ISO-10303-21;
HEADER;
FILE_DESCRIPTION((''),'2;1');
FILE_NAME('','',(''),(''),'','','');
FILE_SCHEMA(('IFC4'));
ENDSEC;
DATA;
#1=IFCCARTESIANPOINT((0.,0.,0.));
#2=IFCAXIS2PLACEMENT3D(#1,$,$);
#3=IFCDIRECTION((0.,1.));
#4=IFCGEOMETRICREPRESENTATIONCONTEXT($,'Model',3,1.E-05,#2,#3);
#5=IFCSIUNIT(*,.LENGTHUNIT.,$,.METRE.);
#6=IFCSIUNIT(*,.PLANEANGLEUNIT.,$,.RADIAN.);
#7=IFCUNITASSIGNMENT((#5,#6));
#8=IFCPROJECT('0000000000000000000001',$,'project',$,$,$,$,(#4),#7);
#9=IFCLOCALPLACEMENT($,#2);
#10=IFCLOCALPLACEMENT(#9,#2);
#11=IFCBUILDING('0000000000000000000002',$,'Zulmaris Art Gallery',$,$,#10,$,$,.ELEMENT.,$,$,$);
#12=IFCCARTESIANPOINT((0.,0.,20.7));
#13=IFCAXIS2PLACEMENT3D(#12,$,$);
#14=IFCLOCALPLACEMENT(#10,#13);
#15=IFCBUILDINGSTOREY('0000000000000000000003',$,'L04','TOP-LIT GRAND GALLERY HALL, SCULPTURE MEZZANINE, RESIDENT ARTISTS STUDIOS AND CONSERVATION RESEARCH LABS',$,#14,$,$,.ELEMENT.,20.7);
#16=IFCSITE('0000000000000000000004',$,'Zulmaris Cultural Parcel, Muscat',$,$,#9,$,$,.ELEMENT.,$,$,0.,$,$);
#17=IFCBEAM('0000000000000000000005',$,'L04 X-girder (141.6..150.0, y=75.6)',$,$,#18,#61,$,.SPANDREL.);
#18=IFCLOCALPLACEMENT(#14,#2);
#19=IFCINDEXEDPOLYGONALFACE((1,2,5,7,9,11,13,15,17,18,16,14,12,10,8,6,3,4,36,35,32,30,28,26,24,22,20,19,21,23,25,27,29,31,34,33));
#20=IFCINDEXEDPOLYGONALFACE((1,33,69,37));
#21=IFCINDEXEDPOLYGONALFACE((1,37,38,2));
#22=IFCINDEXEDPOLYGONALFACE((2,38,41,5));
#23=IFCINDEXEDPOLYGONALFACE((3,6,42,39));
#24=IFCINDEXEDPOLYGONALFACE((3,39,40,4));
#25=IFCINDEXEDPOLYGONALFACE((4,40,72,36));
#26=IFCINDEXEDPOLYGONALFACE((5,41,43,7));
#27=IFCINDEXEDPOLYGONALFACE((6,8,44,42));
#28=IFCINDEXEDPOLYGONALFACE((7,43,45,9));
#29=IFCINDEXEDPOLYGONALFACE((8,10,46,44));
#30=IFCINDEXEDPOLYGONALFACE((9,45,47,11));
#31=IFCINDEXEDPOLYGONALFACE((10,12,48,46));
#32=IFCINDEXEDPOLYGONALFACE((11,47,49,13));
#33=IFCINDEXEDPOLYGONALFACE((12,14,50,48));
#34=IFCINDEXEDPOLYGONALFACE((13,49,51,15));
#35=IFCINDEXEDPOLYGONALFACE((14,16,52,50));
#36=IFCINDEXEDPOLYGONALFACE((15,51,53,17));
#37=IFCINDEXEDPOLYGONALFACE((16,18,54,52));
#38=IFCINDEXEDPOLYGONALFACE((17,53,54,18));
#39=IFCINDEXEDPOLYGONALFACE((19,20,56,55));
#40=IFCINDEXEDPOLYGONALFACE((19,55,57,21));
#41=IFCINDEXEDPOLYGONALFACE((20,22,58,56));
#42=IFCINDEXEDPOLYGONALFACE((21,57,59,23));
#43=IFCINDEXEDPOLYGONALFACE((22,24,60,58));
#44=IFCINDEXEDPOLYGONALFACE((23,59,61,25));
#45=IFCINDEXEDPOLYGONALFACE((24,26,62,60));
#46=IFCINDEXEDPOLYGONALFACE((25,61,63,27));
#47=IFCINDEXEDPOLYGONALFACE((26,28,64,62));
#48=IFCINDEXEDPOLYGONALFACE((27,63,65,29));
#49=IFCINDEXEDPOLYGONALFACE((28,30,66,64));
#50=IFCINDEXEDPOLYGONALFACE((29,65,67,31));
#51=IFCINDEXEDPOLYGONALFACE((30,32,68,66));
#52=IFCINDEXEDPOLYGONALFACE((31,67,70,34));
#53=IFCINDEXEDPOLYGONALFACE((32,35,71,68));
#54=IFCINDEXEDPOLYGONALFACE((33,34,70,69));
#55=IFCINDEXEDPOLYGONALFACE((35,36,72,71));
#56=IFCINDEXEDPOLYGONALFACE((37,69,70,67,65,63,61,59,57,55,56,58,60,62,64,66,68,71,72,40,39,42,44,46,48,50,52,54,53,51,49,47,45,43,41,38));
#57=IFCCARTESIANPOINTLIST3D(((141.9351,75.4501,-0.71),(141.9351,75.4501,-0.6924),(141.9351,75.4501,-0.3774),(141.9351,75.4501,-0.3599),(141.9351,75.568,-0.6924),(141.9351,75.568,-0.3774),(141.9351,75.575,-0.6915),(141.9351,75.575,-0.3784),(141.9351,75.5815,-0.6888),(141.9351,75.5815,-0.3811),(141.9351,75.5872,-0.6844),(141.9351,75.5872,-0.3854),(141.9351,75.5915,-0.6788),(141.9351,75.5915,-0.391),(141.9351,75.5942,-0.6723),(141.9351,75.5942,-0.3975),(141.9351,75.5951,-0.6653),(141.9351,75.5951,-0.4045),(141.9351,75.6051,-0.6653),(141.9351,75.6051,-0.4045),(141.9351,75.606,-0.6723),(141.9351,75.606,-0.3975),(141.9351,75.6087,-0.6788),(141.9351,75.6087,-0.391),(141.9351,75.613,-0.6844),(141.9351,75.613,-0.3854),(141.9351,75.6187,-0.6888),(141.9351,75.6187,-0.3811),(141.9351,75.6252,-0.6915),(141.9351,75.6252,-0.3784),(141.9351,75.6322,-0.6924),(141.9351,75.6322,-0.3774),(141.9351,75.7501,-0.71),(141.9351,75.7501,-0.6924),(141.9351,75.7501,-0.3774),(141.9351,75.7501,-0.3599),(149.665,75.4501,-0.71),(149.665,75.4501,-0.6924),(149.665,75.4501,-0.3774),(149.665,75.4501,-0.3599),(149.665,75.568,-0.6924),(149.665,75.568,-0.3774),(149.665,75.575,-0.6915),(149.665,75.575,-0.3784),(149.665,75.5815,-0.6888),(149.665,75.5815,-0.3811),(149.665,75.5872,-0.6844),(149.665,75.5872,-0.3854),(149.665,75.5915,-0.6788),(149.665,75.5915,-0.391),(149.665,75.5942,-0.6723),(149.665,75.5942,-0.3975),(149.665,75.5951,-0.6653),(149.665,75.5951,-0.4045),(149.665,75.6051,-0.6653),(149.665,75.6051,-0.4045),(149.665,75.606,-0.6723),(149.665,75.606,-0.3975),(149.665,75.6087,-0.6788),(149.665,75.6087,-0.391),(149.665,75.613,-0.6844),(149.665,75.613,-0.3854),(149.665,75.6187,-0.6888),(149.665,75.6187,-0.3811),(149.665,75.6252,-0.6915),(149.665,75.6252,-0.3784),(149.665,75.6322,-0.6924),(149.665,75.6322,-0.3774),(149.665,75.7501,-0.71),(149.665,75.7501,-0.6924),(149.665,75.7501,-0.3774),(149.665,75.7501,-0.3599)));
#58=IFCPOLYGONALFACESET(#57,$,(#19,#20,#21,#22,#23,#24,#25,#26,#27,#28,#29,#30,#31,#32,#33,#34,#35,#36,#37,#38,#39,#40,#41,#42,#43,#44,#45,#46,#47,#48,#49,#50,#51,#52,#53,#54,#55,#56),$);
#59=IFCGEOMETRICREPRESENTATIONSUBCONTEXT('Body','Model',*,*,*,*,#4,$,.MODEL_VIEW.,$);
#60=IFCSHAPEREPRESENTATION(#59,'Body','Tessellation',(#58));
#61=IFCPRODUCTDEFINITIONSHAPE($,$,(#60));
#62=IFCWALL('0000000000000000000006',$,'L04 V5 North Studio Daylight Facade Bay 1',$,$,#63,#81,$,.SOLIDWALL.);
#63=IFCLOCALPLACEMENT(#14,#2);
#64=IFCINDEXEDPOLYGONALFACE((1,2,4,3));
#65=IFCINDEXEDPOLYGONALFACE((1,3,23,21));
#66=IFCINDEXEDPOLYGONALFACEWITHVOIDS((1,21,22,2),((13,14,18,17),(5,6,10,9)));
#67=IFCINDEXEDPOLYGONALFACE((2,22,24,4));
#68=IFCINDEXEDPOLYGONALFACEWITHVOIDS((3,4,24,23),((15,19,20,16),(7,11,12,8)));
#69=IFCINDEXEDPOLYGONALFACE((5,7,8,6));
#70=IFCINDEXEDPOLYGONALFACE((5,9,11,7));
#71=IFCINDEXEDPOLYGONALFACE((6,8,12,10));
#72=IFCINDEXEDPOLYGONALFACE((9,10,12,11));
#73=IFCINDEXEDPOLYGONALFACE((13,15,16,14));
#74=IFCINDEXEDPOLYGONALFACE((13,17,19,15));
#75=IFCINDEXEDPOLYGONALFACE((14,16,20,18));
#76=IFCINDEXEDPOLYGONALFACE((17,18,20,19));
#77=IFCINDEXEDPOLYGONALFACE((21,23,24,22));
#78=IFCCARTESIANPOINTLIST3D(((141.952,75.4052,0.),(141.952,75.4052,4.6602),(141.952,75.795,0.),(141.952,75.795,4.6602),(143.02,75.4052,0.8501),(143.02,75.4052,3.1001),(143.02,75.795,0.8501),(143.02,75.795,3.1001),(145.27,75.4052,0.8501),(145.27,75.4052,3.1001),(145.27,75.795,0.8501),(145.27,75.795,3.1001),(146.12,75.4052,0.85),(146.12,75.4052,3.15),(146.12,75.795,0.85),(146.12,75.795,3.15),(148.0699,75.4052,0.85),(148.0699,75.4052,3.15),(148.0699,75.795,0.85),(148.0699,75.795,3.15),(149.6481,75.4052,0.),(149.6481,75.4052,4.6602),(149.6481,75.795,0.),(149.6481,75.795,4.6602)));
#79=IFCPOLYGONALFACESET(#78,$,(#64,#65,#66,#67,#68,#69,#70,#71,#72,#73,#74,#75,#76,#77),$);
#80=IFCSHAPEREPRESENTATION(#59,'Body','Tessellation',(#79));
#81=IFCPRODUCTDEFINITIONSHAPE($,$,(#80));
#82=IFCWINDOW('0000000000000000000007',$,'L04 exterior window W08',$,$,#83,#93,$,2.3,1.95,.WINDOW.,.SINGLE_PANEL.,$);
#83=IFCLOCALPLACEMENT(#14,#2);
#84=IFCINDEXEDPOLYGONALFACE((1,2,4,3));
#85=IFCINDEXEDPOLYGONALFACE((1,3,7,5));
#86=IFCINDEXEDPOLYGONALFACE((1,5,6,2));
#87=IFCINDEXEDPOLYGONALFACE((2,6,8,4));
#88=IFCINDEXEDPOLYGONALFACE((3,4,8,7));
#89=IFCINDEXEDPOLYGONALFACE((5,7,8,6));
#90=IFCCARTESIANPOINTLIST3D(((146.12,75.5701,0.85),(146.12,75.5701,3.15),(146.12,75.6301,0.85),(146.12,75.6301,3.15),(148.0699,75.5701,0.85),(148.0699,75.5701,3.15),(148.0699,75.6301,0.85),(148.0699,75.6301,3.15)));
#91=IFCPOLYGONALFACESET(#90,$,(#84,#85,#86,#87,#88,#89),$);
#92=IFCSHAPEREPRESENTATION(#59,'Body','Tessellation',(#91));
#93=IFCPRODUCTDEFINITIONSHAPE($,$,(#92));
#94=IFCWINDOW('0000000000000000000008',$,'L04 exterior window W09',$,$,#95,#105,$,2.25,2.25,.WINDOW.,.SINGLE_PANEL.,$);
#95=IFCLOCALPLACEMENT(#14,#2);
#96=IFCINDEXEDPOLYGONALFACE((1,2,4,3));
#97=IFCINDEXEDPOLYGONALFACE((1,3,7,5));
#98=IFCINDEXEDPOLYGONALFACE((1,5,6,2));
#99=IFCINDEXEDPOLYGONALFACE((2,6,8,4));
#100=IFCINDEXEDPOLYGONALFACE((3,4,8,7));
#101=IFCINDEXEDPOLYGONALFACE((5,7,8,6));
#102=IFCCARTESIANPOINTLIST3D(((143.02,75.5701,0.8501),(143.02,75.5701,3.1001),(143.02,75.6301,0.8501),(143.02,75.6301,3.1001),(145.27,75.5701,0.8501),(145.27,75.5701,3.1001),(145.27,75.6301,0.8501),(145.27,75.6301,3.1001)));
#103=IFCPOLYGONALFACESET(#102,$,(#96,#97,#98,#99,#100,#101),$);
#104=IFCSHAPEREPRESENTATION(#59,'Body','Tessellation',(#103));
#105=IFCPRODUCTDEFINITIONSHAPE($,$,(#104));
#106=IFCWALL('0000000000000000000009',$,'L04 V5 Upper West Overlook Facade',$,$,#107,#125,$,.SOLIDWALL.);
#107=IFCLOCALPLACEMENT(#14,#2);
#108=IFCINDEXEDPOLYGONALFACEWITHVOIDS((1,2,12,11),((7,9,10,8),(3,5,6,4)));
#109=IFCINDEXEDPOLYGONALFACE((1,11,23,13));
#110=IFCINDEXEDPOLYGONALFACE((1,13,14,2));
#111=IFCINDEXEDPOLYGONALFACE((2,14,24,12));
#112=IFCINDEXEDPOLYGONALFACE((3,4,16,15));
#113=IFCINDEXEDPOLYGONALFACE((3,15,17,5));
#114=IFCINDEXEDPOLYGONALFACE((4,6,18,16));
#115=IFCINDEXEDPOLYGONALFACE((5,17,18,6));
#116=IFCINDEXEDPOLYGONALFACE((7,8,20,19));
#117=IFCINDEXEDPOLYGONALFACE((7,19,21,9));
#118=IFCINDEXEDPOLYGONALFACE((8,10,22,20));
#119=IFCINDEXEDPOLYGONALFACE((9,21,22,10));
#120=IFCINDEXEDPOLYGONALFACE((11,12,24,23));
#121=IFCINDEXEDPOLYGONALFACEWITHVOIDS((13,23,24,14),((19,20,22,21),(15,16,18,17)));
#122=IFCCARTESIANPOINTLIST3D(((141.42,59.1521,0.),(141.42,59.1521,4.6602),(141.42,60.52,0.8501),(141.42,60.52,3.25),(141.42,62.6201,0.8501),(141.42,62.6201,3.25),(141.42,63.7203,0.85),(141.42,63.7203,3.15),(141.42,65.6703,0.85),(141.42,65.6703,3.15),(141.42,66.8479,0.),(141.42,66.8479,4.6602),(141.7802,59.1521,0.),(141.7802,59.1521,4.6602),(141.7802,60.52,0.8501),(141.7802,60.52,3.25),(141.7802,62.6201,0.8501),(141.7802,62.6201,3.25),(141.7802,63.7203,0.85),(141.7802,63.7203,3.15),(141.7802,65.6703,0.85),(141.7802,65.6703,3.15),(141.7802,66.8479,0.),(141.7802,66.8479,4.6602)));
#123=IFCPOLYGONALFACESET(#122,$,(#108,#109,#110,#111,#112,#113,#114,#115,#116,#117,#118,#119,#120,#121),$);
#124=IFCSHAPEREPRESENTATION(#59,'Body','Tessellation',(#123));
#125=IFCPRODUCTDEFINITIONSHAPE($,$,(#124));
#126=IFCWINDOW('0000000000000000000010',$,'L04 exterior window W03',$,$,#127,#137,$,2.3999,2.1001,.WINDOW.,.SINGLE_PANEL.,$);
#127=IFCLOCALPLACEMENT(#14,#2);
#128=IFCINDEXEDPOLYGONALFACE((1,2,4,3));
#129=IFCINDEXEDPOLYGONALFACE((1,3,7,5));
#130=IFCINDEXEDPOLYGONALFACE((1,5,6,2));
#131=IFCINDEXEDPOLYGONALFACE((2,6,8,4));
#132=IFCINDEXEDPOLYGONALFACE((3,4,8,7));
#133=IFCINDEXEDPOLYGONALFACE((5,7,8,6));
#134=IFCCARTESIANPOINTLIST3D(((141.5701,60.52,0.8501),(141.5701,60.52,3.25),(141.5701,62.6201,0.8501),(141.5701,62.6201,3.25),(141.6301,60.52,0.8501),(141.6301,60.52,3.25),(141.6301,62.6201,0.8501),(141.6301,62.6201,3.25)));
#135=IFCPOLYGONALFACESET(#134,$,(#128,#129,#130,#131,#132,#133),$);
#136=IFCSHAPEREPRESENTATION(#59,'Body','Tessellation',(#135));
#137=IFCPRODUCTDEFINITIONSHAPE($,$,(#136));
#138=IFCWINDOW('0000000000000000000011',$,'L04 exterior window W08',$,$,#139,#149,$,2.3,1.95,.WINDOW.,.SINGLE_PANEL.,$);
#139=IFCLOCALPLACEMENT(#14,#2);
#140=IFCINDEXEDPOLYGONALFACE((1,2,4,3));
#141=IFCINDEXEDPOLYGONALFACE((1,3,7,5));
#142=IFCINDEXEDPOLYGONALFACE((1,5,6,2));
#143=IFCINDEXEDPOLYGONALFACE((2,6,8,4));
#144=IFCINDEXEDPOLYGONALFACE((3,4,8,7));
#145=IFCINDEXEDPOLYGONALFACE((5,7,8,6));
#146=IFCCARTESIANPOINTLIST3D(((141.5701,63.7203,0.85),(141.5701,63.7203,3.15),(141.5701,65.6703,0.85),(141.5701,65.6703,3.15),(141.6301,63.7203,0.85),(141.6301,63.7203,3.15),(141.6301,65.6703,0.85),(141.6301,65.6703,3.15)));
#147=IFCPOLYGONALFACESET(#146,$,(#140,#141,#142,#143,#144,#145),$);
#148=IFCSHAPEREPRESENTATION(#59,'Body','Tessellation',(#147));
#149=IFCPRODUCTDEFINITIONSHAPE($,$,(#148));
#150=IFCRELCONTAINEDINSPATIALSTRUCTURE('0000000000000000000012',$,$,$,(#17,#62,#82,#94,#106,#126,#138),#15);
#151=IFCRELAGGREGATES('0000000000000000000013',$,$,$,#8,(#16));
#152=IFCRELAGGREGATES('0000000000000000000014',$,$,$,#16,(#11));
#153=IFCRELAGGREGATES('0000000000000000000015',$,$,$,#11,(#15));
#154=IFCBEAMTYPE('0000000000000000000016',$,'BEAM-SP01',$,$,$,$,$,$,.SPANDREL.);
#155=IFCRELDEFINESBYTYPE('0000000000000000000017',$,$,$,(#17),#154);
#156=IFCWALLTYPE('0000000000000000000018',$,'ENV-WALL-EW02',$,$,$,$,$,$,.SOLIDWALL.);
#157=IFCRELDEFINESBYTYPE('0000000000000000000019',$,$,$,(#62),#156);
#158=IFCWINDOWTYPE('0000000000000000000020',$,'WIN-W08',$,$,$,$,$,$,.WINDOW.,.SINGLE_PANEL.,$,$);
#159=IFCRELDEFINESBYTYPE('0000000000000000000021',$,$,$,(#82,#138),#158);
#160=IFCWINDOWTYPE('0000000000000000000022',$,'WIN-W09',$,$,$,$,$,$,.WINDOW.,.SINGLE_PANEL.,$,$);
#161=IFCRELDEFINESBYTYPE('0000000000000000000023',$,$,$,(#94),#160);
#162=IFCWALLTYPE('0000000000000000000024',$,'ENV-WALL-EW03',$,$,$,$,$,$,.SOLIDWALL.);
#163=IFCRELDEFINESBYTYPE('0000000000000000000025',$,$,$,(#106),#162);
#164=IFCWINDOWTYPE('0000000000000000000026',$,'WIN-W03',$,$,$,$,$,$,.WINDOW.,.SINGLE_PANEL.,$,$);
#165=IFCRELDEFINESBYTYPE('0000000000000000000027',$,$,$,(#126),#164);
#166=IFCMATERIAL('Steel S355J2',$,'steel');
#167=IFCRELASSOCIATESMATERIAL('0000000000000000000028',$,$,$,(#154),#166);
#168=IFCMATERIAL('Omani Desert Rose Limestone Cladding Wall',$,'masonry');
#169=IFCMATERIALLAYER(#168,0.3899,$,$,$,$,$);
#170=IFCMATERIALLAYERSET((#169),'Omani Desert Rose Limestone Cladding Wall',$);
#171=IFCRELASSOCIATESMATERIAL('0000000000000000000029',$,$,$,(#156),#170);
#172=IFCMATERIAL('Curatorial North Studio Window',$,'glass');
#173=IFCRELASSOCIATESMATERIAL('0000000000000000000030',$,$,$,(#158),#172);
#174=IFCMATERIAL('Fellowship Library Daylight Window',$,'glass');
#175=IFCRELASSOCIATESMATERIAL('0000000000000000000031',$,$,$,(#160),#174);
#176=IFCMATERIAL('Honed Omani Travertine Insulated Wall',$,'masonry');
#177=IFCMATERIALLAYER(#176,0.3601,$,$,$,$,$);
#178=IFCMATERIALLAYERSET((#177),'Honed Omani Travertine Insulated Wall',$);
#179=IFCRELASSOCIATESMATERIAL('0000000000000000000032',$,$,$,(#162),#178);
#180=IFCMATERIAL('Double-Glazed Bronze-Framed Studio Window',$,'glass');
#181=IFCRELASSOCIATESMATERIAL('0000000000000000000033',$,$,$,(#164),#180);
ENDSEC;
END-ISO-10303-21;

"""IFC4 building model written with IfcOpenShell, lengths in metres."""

from ifc_helpers import new_model, si_unit, direction, frame, frame_2d, origin, origin_2d, place, context, subcontext, project, spatial, rectangle, i_section, extrude, material, layer, layer_set, material_profile, profile_set, type_object, element, fill, save


model = new_model("IFC4")

# Units and contexts
model_context = context("Model", 3, precision=1e-05, world=origin(), true_north=direction((0.0, 1.0)))
body_context = subcontext(model_context, "Body", "Model", "MODEL_VIEW")
ifc_project = project(units=[si_unit("LENGTHUNIT", "METRE"), si_unit("PLANEANGLEUNIT", "RADIAN")], contexts=[model_context])

# Site, building, storey
site_placement = place(None, origin())
site = spatial("IfcSite", under=ifc_project, at=site_placement, Name="Zulmaris Cultural Parcel, Muscat", CompositionType="ELEMENT", RefElevation=0.0)
building_placement = place(site_placement, origin())
building = spatial("IfcBuilding", under=site, at=building_placement, Name="Zulmaris Art Gallery", CompositionType="ELEMENT")
storey_placement = place(building_placement, frame((0.0, 0.0, 20.7)))
storey = spatial("IfcBuildingStorey", under=building, at=storey_placement, Name="L04", Description="TOP-LIT GRAND GALLERY HALL, SCULPTURE MEZZANINE, RESIDENT ARTISTS STUDIOS AND CONSERVATION RESEARCH LABS", CompositionType="ELEMENT", Elevation=20.7)

# Beam
ifc_material_1 = material(Name="Steel S355J2", Category="steel")
ifc_material_profile_1 = material_profile(ifc_material_1, i_section(OverallWidth=0.3, OverallDepth=0.3501, WebThickness=0.01, FlangeThickness=0.0176, FilletRadius=0.0271, at=origin_2d()), Name="HEA 360")
ifc_profile_set_1 = profile_set([ifc_material_profile_1], Name="Steel S355J2")
beam_type_1 = type_object("IfcBeamType", Name="BEAM-SP01", PredefinedType="SPANDREL", material=ifc_profile_set_1)
beam_1_placement = place(storey_placement, frame((141.9351, 75.6001, -0.5349), z_axis=(1.0, 0.0, 0.0), x_axis=(0.0, 1.0, 0.0)))
element("IfcBeam", 1, at=beam_1_placement, inside=storey, type_object=beam_type_1, Name="L04 X-girder (141.6..150.0, y=75.6)", PredefinedType="SPANDREL", context=body_context, shape_type="SweptSolid", body=[
    extrude(i_section(OverallWidth=0.3, OverallDepth=0.3501, WebThickness=0.01, FlangeThickness=0.0176, FilletRadius=0.0271, at=origin_2d()), origin(), (0.0, 0.0, 1.0), 7.73),
])

# Walls, openings, windows
ifc_material_2 = material(Name="Omani Desert Rose Limestone Cladding Wall", Category="masonry")
ifc_layer_1 = layer(ifc_material_2, 0.3899)
ifc_layer_set_1 = layer_set([ifc_layer_1], Name="Omani Desert Rose Limestone Cladding Wall")
wall_type_1 = type_object("IfcWallType", Name="ENV-WALL-EW02", PredefinedType="SOLIDWALL", material=ifc_layer_set_1)
wall_1_placement = place(storey_placement, frame((141.9519, 75.6001, 0.0), z_axis=(0.0, 0.0, 1.0), x_axis=(1.0, 0.0, 0.0)))
wall_1 = element("IfcWall", 2, at=wall_1_placement, inside=storey, type_object=wall_type_1, Name="L04 V5 North Studio Daylight Facade Bay 1", PredefinedType="SOLIDWALL", context=body_context, shape_type="SweptSolid", body=[
    extrude(rectangle(XDim=7.696, YDim=0.3899, at=frame_2d((3.8481, 0.0))), origin(), (0.0, 0.0, 1.0), 4.6602),
])
opening_1_placement = place(wall_1_placement, frame((1.0681, 0.0, 0.8501)))
opening_1 = element("IfcOpeningElement", 3, at=opening_1_placement, cuts=wall_1, PredefinedType="OPENING", context=body_context, shape_type="SweptSolid", body=[
    extrude(rectangle(XDim=2.25, YDim=2.25, at=frame_2d((1.125, 1.125))), frame((0.0, 0.2048, 0.0), z_axis=(0.0, -1.0, 0.0), x_axis=(1.0, 0.0, 0.0)), (0.0, 0.0, 1.0), 0.4099),
])
opening_2_placement = place(wall_1_placement, frame((4.168, 0.0, 0.8501)))
opening_2 = element("IfcOpeningElement", 4, at=opening_2_placement, cuts=wall_1, PredefinedType="OPENING", context=body_context, shape_type="SweptSolid", body=[
    extrude(rectangle(XDim=1.95, YDim=2.3, at=frame_2d((0.9751, 1.1499))), frame((0.0, 0.2048, 0.0), z_axis=(0.0, -1.0, 0.0), x_axis=(1.0, 0.0, 0.0)), (0.0, 0.0, 1.0), 0.4099),
])
ifc_material_3 = material(Name="Curatorial North Studio Window", Category="glass")
window_type_1 = type_object("IfcWindowType", Name="WIN-W08", PartitioningType="SINGLE_PANEL", PredefinedType="WINDOW", material=ifc_material_3)
window_1_placement = place(opening_2_placement, origin())
window_1 = element("IfcWindow", 5, at=window_1_placement, inside=storey, type_object=window_type_1, Name="L04 exterior window W08", OverallHeight=2.3, OverallWidth=1.95, PartitioningType="SINGLE_PANEL", PredefinedType="WINDOW", context=body_context, shape_type="SweptSolid", body=[
    extrude(rectangle(XDim=1.95, YDim=2.3, at=frame_2d((0.9751, 1.1499))), frame((0.0, 0.03, 0.0), z_axis=(0.0, -1.0, 0.0), x_axis=(1.0, 0.0, 0.0)), (0.0, 0.0, 1.0), 0.0601),
])
fill(opening_2, window_1)
ifc_material_4 = material(Name="Fellowship Library Daylight Window", Category="glass")
window_type_2 = type_object("IfcWindowType", Name="WIN-W09", PartitioningType="SINGLE_PANEL", PredefinedType="WINDOW", material=ifc_material_4)
window_2_placement = place(opening_1_placement, origin())
window_2 = element("IfcWindow", 6, at=window_2_placement, inside=storey, type_object=window_type_2, Name="L04 exterior window W09", OverallHeight=2.25, OverallWidth=2.25, PartitioningType="SINGLE_PANEL", PredefinedType="WINDOW", context=body_context, shape_type="SweptSolid", body=[
    extrude(rectangle(XDim=2.25, YDim=2.25, at=frame_2d((1.125, 1.125))), frame((0.0, 0.03, 0.0), z_axis=(0.0, -1.0, 0.0), x_axis=(1.0, 0.0, 0.0)), (0.0, 0.0, 1.0), 0.0601),
])
fill(opening_1, window_2)
ifc_material_5 = material(Name="Honed Omani Travertine Insulated Wall", Category="masonry")
ifc_layer_2 = layer(ifc_material_5, 0.3601)
ifc_layer_set_2 = layer_set([ifc_layer_2], Name="Honed Omani Travertine Insulated Wall")
wall_type_2 = type_object("IfcWallType", Name="ENV-WALL-EW03", PredefinedType="SOLIDWALL", material=ifc_layer_set_2)
wall_2_placement = place(storey_placement, frame((141.6001, 59.1521, 0.0), z_axis=(0.0, 0.0, 1.0), x_axis=(0.0, 1.0, 0.0)))
wall_2 = element("IfcWall", 7, at=wall_2_placement, inside=storey, type_object=wall_type_2, Name="L04 V5 Upper West Overlook Facade", PredefinedType="SOLIDWALL", context=body_context, shape_type="SweptSolid", body=[
    extrude(rectangle(XDim=7.6958, YDim=0.3601, at=frame_2d((3.8479, 0.0))), origin(), (0.0, 0.0, 1.0), 4.6602),
])
opening_3_placement = place(wall_2_placement, frame((1.3679, 0.0, 0.8501)))
opening_3 = element("IfcOpeningElement", 8, at=opening_3_placement, cuts=wall_2, PredefinedType="OPENING", context=body_context, shape_type="SweptSolid", body=[
    extrude(rectangle(XDim=2.1001, YDim=2.3999, at=frame_2d((1.05, 1.2))), frame((0.0, 0.1899, 0.0), z_axis=(0.0, -1.0, 0.0), x_axis=(1.0, 0.0, 0.0)), (0.0, 0.0, 1.0), 0.3801),
])
opening_4_placement = place(wall_2_placement, frame((4.5681, 0.0, 0.8501)))
opening_4 = element("IfcOpeningElement", 9, at=opening_4_placement, cuts=wall_2, PredefinedType="OPENING", context=body_context, shape_type="SweptSolid", body=[
    extrude(rectangle(XDim=1.95, YDim=2.3, at=frame_2d((0.9751, 1.1499))), frame((0.0, 0.1899, 0.0), z_axis=(0.0, -1.0, 0.0), x_axis=(1.0, 0.0, 0.0)), (0.0, 0.0, 1.0), 0.3801),
])
ifc_material_6 = material(Name="Double-Glazed Bronze-Framed Studio Window", Category="glass")
window_type_3 = type_object("IfcWindowType", Name="WIN-W03", PartitioningType="SINGLE_PANEL", PredefinedType="WINDOW", material=ifc_material_6)
window_3_placement = place(opening_3_placement, origin())
window_3 = element("IfcWindow", 10, at=window_3_placement, inside=storey, type_object=window_type_3, Name="L04 exterior window W03", OverallHeight=2.3999, OverallWidth=2.1001, PartitioningType="SINGLE_PANEL", PredefinedType="WINDOW", context=body_context, shape_type="SweptSolid", body=[
    extrude(rectangle(XDim=2.1001, YDim=2.3999, at=frame_2d((1.05, 1.2))), frame((0.0, 0.03, 0.0), z_axis=(0.0, -1.0, 0.0), x_axis=(1.0, 0.0, 0.0)), (0.0, 0.0, 1.0), 0.0601),
])
fill(opening_3, window_3)
window_4_placement = place(opening_4_placement, origin())
window_4 = element("IfcWindow", 11, at=window_4_placement, inside=storey, type_object=window_type_1, Name="L04 exterior window W08", OverallHeight=2.3, OverallWidth=1.95, PartitioningType="SINGLE_PANEL", PredefinedType="WINDOW", context=body_context, shape_type="SweptSolid", body=[
    extrude(rectangle(XDim=1.95, YDim=2.3, at=frame_2d((0.9751, 1.1499))), frame((0.0, 0.03, 0.0), z_axis=(0.0, -1.0, 0.0), x_axis=(1.0, 0.0, 0.0)), (0.0, 0.0, 1.0), 0.0601),
])
fill(opening_4, window_4)

save(model, "model.ifc")
